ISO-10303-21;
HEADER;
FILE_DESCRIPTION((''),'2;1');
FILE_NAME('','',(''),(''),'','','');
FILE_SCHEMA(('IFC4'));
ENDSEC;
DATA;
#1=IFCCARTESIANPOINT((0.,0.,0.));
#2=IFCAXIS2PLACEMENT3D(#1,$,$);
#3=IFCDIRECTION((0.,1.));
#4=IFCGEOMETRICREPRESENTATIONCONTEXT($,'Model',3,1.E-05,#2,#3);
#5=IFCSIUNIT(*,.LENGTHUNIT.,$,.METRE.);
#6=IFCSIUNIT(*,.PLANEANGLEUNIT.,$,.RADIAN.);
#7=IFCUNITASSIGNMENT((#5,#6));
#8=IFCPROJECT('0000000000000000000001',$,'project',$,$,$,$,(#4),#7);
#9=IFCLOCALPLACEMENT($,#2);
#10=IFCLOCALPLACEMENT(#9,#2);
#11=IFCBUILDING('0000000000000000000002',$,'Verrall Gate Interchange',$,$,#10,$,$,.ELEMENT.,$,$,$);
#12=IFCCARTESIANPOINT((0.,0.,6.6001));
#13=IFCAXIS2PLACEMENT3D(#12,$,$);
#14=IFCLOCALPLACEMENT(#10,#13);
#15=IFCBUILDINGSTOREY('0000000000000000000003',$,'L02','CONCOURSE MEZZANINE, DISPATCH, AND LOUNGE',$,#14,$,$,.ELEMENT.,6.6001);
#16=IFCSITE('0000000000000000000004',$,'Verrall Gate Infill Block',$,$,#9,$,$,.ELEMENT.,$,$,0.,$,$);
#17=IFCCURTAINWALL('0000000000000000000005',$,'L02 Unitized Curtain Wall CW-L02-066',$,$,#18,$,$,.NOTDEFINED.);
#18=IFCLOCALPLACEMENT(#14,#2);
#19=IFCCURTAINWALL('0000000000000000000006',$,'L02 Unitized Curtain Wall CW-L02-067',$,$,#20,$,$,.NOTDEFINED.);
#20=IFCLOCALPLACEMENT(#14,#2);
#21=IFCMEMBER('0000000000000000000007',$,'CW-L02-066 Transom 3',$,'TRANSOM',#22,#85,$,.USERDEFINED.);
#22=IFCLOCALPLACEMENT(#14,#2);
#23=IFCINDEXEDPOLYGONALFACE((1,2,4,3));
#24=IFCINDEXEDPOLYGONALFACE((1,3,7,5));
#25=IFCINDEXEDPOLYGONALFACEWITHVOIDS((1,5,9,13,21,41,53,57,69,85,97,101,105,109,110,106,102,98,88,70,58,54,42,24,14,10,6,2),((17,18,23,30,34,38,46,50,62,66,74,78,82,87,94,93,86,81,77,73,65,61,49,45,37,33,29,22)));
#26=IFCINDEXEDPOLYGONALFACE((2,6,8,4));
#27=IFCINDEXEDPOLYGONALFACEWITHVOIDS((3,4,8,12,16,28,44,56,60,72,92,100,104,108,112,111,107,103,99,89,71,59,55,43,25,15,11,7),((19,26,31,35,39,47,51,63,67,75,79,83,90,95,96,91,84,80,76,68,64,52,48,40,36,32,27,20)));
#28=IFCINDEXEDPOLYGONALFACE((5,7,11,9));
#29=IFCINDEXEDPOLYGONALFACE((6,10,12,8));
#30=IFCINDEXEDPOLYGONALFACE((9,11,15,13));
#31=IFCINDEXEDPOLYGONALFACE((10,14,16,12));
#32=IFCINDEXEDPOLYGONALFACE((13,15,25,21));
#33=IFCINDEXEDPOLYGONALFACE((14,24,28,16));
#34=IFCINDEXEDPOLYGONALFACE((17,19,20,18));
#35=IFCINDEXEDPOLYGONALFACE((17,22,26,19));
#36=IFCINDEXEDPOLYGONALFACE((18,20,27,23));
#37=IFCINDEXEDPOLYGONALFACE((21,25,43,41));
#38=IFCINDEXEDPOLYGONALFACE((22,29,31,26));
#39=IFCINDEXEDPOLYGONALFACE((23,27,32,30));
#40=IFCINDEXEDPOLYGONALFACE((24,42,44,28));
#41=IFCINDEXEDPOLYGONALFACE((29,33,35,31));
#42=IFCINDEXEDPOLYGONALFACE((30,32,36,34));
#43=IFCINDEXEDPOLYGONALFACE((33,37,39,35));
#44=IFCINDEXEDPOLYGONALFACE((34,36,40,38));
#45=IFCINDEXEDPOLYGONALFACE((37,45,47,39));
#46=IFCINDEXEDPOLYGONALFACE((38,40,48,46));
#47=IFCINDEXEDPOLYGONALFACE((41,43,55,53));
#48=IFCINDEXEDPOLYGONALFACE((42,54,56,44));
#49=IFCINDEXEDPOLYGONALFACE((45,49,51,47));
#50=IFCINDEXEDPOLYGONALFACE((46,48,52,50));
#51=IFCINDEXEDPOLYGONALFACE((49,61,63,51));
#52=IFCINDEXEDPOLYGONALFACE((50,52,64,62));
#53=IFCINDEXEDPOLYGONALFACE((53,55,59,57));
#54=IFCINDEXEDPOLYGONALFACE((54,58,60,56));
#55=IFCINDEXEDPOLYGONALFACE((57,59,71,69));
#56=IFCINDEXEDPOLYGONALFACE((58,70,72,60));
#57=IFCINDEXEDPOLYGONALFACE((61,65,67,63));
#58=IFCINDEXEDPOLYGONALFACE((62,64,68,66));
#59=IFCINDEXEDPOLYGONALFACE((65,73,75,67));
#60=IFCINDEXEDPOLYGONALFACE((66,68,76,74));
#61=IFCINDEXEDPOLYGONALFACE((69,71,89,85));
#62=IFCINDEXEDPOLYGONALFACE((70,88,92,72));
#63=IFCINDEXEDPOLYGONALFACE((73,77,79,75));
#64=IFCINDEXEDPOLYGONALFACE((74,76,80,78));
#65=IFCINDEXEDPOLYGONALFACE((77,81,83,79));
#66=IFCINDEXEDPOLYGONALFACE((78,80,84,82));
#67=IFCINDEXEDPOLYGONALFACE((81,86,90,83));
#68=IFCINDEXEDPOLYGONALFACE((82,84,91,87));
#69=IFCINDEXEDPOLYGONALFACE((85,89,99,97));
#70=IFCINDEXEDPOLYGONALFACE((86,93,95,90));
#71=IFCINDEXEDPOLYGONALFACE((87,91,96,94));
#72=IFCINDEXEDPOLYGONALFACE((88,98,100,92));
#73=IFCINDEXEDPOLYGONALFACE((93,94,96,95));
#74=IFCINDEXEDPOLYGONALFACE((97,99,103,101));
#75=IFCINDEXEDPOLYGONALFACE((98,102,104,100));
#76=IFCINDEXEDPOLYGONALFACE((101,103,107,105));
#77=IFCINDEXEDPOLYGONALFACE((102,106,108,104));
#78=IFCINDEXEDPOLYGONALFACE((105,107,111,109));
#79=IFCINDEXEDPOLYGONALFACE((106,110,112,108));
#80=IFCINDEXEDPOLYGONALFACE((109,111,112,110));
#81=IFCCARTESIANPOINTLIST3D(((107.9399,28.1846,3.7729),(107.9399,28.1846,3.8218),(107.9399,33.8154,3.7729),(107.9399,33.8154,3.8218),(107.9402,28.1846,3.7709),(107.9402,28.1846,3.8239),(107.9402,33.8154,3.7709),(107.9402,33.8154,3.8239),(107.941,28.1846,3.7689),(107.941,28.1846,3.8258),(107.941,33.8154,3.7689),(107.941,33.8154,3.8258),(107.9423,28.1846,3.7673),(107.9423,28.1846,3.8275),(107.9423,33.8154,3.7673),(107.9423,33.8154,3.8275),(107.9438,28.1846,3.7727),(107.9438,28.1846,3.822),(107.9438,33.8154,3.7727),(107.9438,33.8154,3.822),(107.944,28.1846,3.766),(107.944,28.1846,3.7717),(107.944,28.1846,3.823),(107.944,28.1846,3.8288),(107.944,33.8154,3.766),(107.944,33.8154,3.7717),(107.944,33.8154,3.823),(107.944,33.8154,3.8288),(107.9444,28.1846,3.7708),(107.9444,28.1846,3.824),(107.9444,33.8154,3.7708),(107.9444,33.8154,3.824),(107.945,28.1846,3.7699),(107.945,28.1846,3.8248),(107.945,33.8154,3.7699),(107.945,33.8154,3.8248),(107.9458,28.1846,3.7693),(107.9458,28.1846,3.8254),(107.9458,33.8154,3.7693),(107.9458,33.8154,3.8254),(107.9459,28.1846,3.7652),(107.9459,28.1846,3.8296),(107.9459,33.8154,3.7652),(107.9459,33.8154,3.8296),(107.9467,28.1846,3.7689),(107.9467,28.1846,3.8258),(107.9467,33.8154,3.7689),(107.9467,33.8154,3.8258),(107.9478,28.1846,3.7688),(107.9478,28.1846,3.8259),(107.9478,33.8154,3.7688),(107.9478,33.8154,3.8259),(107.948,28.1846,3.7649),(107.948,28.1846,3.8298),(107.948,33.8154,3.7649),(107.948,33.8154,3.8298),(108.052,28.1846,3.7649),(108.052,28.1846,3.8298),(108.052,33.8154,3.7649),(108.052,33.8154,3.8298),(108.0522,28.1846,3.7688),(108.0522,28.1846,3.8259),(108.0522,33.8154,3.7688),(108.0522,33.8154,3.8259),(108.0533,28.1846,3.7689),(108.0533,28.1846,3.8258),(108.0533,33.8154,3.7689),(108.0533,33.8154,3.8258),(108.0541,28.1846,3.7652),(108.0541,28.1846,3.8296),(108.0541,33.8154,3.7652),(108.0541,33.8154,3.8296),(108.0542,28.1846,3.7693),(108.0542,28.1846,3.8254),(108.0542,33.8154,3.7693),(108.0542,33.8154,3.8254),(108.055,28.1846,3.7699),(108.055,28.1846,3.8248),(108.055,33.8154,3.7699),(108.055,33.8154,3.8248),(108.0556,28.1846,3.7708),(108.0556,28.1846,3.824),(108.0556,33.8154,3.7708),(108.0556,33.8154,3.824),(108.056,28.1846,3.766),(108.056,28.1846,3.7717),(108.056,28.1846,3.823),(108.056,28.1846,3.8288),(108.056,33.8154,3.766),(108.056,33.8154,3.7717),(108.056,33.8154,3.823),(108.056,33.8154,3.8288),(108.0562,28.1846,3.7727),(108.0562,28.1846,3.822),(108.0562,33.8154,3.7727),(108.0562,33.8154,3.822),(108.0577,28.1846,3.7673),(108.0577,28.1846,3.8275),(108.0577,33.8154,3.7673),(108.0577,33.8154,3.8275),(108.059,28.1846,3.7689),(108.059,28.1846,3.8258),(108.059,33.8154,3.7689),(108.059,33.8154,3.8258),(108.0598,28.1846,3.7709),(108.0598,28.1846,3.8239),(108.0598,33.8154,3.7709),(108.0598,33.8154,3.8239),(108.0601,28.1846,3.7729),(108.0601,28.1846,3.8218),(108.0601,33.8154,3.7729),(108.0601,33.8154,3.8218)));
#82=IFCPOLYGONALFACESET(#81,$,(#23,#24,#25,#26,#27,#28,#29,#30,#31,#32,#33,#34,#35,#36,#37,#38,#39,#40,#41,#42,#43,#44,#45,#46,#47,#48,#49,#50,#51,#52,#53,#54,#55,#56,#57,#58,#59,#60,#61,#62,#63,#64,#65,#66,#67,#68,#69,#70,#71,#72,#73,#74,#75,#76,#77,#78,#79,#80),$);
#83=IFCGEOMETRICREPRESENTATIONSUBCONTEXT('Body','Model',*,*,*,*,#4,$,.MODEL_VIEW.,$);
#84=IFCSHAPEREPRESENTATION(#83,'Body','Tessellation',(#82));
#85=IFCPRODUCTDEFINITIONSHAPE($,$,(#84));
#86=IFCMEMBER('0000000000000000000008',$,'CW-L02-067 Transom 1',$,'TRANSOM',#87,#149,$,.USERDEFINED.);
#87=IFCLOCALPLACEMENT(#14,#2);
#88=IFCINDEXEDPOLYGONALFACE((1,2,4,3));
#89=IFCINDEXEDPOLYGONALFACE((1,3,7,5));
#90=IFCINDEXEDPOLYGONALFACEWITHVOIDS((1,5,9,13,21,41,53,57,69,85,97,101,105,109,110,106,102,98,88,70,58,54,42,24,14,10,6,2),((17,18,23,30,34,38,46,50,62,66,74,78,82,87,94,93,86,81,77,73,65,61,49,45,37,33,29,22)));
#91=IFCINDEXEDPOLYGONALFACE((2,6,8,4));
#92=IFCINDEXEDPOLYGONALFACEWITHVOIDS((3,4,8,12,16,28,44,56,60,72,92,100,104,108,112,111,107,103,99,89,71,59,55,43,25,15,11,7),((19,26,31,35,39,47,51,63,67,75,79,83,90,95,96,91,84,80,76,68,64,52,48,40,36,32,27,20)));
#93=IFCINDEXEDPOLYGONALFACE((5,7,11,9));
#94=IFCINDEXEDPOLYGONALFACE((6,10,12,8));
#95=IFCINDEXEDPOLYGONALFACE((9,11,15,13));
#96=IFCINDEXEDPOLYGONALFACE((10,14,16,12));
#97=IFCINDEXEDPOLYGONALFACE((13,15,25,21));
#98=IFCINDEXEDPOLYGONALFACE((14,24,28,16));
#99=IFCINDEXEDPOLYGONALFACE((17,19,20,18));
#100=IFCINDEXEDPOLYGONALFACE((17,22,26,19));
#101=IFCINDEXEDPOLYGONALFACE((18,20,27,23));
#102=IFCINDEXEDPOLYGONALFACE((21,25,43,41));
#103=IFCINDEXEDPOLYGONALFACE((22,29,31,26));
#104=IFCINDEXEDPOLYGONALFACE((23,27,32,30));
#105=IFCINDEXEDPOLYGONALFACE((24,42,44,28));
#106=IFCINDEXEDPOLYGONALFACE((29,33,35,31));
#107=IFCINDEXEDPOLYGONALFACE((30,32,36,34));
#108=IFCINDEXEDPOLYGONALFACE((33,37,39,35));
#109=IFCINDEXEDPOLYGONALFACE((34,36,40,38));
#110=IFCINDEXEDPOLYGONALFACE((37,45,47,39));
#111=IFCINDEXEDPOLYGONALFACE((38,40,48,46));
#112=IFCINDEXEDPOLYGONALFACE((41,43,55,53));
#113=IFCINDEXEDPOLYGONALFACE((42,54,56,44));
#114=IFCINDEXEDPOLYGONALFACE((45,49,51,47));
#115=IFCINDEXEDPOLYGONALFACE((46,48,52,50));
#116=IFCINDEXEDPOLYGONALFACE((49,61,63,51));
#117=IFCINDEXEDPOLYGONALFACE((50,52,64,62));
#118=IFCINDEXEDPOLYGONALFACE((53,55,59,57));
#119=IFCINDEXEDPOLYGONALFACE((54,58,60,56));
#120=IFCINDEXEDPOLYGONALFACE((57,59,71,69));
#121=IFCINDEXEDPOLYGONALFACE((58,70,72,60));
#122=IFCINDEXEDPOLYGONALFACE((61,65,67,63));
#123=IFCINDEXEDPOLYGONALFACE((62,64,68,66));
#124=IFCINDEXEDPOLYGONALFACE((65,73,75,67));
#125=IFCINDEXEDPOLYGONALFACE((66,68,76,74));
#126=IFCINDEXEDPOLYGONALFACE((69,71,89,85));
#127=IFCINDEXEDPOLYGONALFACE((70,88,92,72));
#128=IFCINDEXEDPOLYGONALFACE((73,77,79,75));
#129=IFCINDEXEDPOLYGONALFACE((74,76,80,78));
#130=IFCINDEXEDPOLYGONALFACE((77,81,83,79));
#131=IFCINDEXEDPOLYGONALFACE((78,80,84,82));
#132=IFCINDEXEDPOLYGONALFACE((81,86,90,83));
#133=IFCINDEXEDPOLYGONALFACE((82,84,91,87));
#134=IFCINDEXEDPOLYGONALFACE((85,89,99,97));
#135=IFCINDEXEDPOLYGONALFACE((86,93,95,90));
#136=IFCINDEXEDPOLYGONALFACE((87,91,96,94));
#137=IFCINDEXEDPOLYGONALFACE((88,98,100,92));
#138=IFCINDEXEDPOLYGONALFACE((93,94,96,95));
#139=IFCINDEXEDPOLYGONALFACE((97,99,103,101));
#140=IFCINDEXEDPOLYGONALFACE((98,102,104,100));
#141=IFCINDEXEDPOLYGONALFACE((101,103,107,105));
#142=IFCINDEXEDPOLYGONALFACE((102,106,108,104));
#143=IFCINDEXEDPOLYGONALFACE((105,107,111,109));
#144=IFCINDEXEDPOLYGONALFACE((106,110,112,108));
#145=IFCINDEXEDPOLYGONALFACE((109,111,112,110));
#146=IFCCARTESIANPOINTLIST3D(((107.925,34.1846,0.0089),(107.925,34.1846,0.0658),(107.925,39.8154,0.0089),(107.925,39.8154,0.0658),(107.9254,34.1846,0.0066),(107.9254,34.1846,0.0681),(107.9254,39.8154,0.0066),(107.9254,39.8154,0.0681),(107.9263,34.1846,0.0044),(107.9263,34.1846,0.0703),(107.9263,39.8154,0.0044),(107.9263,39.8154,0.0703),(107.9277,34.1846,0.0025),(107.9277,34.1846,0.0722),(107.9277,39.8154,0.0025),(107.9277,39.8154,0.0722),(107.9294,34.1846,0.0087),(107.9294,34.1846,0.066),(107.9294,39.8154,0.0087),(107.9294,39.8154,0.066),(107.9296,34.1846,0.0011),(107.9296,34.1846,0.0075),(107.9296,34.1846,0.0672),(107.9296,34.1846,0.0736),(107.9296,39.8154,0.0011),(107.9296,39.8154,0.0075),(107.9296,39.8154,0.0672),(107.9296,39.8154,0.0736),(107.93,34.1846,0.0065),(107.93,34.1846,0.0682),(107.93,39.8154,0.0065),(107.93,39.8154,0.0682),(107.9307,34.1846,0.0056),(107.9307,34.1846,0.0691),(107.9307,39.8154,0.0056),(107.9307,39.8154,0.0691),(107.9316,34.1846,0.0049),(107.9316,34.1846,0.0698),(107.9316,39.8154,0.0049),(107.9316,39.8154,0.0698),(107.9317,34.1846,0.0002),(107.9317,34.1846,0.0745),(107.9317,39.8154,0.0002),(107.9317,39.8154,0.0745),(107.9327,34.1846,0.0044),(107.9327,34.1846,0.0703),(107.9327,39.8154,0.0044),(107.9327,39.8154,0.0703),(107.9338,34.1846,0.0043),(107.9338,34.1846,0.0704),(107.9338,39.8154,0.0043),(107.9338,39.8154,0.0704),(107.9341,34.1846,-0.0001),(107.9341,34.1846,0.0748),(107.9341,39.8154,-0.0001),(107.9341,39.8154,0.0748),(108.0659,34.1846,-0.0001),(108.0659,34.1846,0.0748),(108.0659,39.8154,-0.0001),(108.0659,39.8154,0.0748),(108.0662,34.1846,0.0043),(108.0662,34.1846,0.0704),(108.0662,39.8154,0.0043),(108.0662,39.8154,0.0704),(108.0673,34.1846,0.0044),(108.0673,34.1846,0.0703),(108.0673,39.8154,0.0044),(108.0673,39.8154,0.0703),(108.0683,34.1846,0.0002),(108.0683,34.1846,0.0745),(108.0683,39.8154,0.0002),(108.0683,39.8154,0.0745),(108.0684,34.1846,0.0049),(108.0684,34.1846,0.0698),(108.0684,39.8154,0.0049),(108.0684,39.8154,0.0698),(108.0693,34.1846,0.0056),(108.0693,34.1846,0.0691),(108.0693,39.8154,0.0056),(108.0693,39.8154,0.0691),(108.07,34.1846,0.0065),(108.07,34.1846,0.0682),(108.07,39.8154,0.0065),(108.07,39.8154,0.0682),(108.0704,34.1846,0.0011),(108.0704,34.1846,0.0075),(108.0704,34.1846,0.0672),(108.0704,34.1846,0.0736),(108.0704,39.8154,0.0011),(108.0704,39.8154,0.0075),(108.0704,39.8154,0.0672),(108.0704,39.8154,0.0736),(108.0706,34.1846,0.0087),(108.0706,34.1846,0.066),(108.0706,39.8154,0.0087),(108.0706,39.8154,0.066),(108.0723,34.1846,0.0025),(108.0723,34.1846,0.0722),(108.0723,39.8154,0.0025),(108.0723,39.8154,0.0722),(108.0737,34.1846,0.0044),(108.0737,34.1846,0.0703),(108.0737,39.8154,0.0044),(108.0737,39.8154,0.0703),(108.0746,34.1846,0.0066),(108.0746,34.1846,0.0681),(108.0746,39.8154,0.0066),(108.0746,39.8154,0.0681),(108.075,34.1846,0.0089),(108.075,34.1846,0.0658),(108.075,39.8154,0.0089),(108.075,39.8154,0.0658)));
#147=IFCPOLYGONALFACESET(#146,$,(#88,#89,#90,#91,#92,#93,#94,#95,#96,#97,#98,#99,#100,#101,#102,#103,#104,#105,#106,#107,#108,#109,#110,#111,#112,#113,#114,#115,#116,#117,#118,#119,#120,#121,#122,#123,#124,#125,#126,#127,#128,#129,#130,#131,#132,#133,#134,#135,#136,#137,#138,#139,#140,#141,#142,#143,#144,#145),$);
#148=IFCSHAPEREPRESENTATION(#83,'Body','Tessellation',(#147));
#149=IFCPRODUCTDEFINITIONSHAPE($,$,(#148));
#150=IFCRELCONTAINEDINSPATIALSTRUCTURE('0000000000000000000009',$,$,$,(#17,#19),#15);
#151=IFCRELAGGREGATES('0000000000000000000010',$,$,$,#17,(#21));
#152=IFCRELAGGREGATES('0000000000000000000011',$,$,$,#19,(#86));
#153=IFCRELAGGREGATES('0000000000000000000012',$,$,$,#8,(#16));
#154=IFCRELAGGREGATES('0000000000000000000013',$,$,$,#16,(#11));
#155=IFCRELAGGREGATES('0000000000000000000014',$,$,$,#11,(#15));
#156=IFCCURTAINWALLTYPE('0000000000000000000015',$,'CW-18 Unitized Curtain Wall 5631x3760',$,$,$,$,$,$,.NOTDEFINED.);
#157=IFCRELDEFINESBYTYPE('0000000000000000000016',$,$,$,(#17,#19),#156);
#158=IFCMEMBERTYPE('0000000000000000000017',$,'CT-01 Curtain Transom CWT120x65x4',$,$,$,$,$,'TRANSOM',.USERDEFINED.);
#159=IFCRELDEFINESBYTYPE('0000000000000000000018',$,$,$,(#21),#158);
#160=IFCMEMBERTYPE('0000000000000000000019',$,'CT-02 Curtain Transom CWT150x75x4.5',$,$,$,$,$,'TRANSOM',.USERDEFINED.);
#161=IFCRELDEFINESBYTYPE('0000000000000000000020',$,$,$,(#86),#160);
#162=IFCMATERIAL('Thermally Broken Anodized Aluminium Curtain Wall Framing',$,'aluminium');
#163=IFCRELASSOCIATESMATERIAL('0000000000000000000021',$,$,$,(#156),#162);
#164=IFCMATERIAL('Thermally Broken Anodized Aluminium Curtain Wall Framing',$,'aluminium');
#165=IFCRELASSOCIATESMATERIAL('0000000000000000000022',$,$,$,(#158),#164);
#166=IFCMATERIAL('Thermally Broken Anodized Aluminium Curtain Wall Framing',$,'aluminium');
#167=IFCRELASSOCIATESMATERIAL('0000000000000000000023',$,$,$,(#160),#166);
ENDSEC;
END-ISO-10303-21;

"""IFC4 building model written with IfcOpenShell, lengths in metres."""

from ifc_helpers import new_model, si_unit, direction, frame, origin, origin_2d, place, context, subcontext, project, spatial, hollow_rectangle, extrude, material, material_profile, profile_set, type_object, element, aggregate, save


model = new_model("IFC4")

# Units and contexts
model_context = context("Model", 3, precision=1e-05, world=origin(), true_north=direction((0.0, 1.0)))
body_context = subcontext(model_context, "Body", "Model", "MODEL_VIEW")
ifc_project = project(units=[si_unit("LENGTHUNIT", "METRE"), si_unit("PLANEANGLEUNIT", "RADIAN")], contexts=[model_context])

# Site, building, storey
site_placement = place(None, origin())
site = spatial("IfcSite", under=ifc_project, at=site_placement, Name="Verrall Gate Infill Block", CompositionType="ELEMENT", RefElevation=0.0)
building_placement = place(site_placement, origin())
building = spatial("IfcBuilding", under=site, at=building_placement, Name="Verrall Gate Interchange", CompositionType="ELEMENT")
storey_placement = place(building_placement, frame((0.0, 0.0, 6.6001)))
storey = spatial("IfcBuildingStorey", under=building, at=storey_placement, Name="L02", Description="CONCOURSE MEZZANINE, DISPATCH, AND LOUNGE", CompositionType="ELEMENT", Elevation=6.6001)

# Curtain wall
ifc_material_1 = material(Name="Thermally Broken Anodized Aluminium Curtain Wall Framing", Category="aluminium")
curtain_wall_type = type_object("IfcCurtainWallType", Name="CW-18 Unitized Curtain Wall 5631x3760", PredefinedType="NOTDEFINED", material=ifc_material_1)
curtain_wall_1_placement = place(storey_placement, origin())
curtain_wall_1 = element("IfcCurtainWall", 1, at=curtain_wall_1_placement, inside=storey, type_object=curtain_wall_type, Name="L02 Unitized Curtain Wall CW-L02-066", PredefinedType="NOTDEFINED")

# Curtain wall
curtain_wall_2_placement = place(storey_placement, origin())
curtain_wall_2 = element("IfcCurtainWall", 2, at=curtain_wall_2_placement, inside=storey, type_object=curtain_wall_type, Name="L02 Unitized Curtain Wall CW-L02-067", PredefinedType="NOTDEFINED")

# Members
ifc_material_2 = material(Name="Thermally Broken Anodized Aluminium Curtain Wall Framing", Category="aluminium")
ifc_material_profile_1 = material_profile(ifc_material_2, hollow_rectangle(XDim=0.1201, YDim=0.0649, WallThickness=0.0039, InnerFilletRadius=0.0039, OuterFilletRadius=0.0081, at=origin_2d()), Name="CWT120x65x4")
ifc_profile_set_1 = profile_set([ifc_material_profile_1], Name="Thermally Broken Anodized Aluminium Curtain Wall Framing")
member_type_1 = type_object("IfcMemberType", Name="CT-01 Curtain Transom CWT120x65x4", ElementType="TRANSOM", PredefinedType="USERDEFINED", material=ifc_profile_set_1)
member_1_placement = place(storey_placement, frame((108.0, 28.1846, 3.7974), z_axis=(0.0, 1.0, 0.0), x_axis=(-1.0, 0.0, 0.0)))
member_1 = element("IfcMember", 3, at=member_1_placement, type_object=member_type_1, Name="CW-L02-066 Transom 3", ObjectType="TRANSOM", PredefinedType="USERDEFINED", context=body_context, shape_type="SweptSolid", body=[
    extrude(hollow_rectangle(XDim=0.1201, YDim=0.0649, WallThickness=0.0039, InnerFilletRadius=0.0039, OuterFilletRadius=0.0081, at=origin_2d()), origin(), (0.0, 0.0, 1.0), 5.6309),
])
ifc_material_3 = material(Name="Thermally Broken Anodized Aluminium Curtain Wall Framing", Category="aluminium")
ifc_material_profile_2 = material_profile(ifc_material_3, hollow_rectangle(XDim=0.1499, YDim=0.075, WallThickness=0.0044, InnerFilletRadius=0.0044, OuterFilletRadius=0.009, at=origin_2d()), Name="CWT150x75x4.5")
ifc_profile_set_2 = profile_set([ifc_material_profile_2], Name="Thermally Broken Anodized Aluminium Curtain Wall Framing")
member_type_2 = type_object("IfcMemberType", Name="CT-02 Curtain Transom CWT150x75x4.5", ElementType="TRANSOM", PredefinedType="USERDEFINED", material=ifc_profile_set_2)
member_2_placement = place(storey_placement, frame((108.0, 34.1846, 0.0374), z_axis=(0.0, 1.0, 0.0), x_axis=(-1.0, 0.0, 0.0)))
member_2 = element("IfcMember", 4, at=member_2_placement, type_object=member_type_2, Name="CW-L02-067 Transom 1", ObjectType="TRANSOM", PredefinedType="USERDEFINED", context=body_context, shape_type="SweptSolid", body=[
    extrude(hollow_rectangle(XDim=0.1499, YDim=0.075, WallThickness=0.0044, InnerFilletRadius=0.0044, OuterFilletRadius=0.009, at=origin_2d()), origin(), (0.0, 0.0, 1.0), 5.6309),
])

aggregate(curtain_wall_1, [member_1])
aggregate(curtain_wall_2, [member_2])

save(model, "model.ifc")
